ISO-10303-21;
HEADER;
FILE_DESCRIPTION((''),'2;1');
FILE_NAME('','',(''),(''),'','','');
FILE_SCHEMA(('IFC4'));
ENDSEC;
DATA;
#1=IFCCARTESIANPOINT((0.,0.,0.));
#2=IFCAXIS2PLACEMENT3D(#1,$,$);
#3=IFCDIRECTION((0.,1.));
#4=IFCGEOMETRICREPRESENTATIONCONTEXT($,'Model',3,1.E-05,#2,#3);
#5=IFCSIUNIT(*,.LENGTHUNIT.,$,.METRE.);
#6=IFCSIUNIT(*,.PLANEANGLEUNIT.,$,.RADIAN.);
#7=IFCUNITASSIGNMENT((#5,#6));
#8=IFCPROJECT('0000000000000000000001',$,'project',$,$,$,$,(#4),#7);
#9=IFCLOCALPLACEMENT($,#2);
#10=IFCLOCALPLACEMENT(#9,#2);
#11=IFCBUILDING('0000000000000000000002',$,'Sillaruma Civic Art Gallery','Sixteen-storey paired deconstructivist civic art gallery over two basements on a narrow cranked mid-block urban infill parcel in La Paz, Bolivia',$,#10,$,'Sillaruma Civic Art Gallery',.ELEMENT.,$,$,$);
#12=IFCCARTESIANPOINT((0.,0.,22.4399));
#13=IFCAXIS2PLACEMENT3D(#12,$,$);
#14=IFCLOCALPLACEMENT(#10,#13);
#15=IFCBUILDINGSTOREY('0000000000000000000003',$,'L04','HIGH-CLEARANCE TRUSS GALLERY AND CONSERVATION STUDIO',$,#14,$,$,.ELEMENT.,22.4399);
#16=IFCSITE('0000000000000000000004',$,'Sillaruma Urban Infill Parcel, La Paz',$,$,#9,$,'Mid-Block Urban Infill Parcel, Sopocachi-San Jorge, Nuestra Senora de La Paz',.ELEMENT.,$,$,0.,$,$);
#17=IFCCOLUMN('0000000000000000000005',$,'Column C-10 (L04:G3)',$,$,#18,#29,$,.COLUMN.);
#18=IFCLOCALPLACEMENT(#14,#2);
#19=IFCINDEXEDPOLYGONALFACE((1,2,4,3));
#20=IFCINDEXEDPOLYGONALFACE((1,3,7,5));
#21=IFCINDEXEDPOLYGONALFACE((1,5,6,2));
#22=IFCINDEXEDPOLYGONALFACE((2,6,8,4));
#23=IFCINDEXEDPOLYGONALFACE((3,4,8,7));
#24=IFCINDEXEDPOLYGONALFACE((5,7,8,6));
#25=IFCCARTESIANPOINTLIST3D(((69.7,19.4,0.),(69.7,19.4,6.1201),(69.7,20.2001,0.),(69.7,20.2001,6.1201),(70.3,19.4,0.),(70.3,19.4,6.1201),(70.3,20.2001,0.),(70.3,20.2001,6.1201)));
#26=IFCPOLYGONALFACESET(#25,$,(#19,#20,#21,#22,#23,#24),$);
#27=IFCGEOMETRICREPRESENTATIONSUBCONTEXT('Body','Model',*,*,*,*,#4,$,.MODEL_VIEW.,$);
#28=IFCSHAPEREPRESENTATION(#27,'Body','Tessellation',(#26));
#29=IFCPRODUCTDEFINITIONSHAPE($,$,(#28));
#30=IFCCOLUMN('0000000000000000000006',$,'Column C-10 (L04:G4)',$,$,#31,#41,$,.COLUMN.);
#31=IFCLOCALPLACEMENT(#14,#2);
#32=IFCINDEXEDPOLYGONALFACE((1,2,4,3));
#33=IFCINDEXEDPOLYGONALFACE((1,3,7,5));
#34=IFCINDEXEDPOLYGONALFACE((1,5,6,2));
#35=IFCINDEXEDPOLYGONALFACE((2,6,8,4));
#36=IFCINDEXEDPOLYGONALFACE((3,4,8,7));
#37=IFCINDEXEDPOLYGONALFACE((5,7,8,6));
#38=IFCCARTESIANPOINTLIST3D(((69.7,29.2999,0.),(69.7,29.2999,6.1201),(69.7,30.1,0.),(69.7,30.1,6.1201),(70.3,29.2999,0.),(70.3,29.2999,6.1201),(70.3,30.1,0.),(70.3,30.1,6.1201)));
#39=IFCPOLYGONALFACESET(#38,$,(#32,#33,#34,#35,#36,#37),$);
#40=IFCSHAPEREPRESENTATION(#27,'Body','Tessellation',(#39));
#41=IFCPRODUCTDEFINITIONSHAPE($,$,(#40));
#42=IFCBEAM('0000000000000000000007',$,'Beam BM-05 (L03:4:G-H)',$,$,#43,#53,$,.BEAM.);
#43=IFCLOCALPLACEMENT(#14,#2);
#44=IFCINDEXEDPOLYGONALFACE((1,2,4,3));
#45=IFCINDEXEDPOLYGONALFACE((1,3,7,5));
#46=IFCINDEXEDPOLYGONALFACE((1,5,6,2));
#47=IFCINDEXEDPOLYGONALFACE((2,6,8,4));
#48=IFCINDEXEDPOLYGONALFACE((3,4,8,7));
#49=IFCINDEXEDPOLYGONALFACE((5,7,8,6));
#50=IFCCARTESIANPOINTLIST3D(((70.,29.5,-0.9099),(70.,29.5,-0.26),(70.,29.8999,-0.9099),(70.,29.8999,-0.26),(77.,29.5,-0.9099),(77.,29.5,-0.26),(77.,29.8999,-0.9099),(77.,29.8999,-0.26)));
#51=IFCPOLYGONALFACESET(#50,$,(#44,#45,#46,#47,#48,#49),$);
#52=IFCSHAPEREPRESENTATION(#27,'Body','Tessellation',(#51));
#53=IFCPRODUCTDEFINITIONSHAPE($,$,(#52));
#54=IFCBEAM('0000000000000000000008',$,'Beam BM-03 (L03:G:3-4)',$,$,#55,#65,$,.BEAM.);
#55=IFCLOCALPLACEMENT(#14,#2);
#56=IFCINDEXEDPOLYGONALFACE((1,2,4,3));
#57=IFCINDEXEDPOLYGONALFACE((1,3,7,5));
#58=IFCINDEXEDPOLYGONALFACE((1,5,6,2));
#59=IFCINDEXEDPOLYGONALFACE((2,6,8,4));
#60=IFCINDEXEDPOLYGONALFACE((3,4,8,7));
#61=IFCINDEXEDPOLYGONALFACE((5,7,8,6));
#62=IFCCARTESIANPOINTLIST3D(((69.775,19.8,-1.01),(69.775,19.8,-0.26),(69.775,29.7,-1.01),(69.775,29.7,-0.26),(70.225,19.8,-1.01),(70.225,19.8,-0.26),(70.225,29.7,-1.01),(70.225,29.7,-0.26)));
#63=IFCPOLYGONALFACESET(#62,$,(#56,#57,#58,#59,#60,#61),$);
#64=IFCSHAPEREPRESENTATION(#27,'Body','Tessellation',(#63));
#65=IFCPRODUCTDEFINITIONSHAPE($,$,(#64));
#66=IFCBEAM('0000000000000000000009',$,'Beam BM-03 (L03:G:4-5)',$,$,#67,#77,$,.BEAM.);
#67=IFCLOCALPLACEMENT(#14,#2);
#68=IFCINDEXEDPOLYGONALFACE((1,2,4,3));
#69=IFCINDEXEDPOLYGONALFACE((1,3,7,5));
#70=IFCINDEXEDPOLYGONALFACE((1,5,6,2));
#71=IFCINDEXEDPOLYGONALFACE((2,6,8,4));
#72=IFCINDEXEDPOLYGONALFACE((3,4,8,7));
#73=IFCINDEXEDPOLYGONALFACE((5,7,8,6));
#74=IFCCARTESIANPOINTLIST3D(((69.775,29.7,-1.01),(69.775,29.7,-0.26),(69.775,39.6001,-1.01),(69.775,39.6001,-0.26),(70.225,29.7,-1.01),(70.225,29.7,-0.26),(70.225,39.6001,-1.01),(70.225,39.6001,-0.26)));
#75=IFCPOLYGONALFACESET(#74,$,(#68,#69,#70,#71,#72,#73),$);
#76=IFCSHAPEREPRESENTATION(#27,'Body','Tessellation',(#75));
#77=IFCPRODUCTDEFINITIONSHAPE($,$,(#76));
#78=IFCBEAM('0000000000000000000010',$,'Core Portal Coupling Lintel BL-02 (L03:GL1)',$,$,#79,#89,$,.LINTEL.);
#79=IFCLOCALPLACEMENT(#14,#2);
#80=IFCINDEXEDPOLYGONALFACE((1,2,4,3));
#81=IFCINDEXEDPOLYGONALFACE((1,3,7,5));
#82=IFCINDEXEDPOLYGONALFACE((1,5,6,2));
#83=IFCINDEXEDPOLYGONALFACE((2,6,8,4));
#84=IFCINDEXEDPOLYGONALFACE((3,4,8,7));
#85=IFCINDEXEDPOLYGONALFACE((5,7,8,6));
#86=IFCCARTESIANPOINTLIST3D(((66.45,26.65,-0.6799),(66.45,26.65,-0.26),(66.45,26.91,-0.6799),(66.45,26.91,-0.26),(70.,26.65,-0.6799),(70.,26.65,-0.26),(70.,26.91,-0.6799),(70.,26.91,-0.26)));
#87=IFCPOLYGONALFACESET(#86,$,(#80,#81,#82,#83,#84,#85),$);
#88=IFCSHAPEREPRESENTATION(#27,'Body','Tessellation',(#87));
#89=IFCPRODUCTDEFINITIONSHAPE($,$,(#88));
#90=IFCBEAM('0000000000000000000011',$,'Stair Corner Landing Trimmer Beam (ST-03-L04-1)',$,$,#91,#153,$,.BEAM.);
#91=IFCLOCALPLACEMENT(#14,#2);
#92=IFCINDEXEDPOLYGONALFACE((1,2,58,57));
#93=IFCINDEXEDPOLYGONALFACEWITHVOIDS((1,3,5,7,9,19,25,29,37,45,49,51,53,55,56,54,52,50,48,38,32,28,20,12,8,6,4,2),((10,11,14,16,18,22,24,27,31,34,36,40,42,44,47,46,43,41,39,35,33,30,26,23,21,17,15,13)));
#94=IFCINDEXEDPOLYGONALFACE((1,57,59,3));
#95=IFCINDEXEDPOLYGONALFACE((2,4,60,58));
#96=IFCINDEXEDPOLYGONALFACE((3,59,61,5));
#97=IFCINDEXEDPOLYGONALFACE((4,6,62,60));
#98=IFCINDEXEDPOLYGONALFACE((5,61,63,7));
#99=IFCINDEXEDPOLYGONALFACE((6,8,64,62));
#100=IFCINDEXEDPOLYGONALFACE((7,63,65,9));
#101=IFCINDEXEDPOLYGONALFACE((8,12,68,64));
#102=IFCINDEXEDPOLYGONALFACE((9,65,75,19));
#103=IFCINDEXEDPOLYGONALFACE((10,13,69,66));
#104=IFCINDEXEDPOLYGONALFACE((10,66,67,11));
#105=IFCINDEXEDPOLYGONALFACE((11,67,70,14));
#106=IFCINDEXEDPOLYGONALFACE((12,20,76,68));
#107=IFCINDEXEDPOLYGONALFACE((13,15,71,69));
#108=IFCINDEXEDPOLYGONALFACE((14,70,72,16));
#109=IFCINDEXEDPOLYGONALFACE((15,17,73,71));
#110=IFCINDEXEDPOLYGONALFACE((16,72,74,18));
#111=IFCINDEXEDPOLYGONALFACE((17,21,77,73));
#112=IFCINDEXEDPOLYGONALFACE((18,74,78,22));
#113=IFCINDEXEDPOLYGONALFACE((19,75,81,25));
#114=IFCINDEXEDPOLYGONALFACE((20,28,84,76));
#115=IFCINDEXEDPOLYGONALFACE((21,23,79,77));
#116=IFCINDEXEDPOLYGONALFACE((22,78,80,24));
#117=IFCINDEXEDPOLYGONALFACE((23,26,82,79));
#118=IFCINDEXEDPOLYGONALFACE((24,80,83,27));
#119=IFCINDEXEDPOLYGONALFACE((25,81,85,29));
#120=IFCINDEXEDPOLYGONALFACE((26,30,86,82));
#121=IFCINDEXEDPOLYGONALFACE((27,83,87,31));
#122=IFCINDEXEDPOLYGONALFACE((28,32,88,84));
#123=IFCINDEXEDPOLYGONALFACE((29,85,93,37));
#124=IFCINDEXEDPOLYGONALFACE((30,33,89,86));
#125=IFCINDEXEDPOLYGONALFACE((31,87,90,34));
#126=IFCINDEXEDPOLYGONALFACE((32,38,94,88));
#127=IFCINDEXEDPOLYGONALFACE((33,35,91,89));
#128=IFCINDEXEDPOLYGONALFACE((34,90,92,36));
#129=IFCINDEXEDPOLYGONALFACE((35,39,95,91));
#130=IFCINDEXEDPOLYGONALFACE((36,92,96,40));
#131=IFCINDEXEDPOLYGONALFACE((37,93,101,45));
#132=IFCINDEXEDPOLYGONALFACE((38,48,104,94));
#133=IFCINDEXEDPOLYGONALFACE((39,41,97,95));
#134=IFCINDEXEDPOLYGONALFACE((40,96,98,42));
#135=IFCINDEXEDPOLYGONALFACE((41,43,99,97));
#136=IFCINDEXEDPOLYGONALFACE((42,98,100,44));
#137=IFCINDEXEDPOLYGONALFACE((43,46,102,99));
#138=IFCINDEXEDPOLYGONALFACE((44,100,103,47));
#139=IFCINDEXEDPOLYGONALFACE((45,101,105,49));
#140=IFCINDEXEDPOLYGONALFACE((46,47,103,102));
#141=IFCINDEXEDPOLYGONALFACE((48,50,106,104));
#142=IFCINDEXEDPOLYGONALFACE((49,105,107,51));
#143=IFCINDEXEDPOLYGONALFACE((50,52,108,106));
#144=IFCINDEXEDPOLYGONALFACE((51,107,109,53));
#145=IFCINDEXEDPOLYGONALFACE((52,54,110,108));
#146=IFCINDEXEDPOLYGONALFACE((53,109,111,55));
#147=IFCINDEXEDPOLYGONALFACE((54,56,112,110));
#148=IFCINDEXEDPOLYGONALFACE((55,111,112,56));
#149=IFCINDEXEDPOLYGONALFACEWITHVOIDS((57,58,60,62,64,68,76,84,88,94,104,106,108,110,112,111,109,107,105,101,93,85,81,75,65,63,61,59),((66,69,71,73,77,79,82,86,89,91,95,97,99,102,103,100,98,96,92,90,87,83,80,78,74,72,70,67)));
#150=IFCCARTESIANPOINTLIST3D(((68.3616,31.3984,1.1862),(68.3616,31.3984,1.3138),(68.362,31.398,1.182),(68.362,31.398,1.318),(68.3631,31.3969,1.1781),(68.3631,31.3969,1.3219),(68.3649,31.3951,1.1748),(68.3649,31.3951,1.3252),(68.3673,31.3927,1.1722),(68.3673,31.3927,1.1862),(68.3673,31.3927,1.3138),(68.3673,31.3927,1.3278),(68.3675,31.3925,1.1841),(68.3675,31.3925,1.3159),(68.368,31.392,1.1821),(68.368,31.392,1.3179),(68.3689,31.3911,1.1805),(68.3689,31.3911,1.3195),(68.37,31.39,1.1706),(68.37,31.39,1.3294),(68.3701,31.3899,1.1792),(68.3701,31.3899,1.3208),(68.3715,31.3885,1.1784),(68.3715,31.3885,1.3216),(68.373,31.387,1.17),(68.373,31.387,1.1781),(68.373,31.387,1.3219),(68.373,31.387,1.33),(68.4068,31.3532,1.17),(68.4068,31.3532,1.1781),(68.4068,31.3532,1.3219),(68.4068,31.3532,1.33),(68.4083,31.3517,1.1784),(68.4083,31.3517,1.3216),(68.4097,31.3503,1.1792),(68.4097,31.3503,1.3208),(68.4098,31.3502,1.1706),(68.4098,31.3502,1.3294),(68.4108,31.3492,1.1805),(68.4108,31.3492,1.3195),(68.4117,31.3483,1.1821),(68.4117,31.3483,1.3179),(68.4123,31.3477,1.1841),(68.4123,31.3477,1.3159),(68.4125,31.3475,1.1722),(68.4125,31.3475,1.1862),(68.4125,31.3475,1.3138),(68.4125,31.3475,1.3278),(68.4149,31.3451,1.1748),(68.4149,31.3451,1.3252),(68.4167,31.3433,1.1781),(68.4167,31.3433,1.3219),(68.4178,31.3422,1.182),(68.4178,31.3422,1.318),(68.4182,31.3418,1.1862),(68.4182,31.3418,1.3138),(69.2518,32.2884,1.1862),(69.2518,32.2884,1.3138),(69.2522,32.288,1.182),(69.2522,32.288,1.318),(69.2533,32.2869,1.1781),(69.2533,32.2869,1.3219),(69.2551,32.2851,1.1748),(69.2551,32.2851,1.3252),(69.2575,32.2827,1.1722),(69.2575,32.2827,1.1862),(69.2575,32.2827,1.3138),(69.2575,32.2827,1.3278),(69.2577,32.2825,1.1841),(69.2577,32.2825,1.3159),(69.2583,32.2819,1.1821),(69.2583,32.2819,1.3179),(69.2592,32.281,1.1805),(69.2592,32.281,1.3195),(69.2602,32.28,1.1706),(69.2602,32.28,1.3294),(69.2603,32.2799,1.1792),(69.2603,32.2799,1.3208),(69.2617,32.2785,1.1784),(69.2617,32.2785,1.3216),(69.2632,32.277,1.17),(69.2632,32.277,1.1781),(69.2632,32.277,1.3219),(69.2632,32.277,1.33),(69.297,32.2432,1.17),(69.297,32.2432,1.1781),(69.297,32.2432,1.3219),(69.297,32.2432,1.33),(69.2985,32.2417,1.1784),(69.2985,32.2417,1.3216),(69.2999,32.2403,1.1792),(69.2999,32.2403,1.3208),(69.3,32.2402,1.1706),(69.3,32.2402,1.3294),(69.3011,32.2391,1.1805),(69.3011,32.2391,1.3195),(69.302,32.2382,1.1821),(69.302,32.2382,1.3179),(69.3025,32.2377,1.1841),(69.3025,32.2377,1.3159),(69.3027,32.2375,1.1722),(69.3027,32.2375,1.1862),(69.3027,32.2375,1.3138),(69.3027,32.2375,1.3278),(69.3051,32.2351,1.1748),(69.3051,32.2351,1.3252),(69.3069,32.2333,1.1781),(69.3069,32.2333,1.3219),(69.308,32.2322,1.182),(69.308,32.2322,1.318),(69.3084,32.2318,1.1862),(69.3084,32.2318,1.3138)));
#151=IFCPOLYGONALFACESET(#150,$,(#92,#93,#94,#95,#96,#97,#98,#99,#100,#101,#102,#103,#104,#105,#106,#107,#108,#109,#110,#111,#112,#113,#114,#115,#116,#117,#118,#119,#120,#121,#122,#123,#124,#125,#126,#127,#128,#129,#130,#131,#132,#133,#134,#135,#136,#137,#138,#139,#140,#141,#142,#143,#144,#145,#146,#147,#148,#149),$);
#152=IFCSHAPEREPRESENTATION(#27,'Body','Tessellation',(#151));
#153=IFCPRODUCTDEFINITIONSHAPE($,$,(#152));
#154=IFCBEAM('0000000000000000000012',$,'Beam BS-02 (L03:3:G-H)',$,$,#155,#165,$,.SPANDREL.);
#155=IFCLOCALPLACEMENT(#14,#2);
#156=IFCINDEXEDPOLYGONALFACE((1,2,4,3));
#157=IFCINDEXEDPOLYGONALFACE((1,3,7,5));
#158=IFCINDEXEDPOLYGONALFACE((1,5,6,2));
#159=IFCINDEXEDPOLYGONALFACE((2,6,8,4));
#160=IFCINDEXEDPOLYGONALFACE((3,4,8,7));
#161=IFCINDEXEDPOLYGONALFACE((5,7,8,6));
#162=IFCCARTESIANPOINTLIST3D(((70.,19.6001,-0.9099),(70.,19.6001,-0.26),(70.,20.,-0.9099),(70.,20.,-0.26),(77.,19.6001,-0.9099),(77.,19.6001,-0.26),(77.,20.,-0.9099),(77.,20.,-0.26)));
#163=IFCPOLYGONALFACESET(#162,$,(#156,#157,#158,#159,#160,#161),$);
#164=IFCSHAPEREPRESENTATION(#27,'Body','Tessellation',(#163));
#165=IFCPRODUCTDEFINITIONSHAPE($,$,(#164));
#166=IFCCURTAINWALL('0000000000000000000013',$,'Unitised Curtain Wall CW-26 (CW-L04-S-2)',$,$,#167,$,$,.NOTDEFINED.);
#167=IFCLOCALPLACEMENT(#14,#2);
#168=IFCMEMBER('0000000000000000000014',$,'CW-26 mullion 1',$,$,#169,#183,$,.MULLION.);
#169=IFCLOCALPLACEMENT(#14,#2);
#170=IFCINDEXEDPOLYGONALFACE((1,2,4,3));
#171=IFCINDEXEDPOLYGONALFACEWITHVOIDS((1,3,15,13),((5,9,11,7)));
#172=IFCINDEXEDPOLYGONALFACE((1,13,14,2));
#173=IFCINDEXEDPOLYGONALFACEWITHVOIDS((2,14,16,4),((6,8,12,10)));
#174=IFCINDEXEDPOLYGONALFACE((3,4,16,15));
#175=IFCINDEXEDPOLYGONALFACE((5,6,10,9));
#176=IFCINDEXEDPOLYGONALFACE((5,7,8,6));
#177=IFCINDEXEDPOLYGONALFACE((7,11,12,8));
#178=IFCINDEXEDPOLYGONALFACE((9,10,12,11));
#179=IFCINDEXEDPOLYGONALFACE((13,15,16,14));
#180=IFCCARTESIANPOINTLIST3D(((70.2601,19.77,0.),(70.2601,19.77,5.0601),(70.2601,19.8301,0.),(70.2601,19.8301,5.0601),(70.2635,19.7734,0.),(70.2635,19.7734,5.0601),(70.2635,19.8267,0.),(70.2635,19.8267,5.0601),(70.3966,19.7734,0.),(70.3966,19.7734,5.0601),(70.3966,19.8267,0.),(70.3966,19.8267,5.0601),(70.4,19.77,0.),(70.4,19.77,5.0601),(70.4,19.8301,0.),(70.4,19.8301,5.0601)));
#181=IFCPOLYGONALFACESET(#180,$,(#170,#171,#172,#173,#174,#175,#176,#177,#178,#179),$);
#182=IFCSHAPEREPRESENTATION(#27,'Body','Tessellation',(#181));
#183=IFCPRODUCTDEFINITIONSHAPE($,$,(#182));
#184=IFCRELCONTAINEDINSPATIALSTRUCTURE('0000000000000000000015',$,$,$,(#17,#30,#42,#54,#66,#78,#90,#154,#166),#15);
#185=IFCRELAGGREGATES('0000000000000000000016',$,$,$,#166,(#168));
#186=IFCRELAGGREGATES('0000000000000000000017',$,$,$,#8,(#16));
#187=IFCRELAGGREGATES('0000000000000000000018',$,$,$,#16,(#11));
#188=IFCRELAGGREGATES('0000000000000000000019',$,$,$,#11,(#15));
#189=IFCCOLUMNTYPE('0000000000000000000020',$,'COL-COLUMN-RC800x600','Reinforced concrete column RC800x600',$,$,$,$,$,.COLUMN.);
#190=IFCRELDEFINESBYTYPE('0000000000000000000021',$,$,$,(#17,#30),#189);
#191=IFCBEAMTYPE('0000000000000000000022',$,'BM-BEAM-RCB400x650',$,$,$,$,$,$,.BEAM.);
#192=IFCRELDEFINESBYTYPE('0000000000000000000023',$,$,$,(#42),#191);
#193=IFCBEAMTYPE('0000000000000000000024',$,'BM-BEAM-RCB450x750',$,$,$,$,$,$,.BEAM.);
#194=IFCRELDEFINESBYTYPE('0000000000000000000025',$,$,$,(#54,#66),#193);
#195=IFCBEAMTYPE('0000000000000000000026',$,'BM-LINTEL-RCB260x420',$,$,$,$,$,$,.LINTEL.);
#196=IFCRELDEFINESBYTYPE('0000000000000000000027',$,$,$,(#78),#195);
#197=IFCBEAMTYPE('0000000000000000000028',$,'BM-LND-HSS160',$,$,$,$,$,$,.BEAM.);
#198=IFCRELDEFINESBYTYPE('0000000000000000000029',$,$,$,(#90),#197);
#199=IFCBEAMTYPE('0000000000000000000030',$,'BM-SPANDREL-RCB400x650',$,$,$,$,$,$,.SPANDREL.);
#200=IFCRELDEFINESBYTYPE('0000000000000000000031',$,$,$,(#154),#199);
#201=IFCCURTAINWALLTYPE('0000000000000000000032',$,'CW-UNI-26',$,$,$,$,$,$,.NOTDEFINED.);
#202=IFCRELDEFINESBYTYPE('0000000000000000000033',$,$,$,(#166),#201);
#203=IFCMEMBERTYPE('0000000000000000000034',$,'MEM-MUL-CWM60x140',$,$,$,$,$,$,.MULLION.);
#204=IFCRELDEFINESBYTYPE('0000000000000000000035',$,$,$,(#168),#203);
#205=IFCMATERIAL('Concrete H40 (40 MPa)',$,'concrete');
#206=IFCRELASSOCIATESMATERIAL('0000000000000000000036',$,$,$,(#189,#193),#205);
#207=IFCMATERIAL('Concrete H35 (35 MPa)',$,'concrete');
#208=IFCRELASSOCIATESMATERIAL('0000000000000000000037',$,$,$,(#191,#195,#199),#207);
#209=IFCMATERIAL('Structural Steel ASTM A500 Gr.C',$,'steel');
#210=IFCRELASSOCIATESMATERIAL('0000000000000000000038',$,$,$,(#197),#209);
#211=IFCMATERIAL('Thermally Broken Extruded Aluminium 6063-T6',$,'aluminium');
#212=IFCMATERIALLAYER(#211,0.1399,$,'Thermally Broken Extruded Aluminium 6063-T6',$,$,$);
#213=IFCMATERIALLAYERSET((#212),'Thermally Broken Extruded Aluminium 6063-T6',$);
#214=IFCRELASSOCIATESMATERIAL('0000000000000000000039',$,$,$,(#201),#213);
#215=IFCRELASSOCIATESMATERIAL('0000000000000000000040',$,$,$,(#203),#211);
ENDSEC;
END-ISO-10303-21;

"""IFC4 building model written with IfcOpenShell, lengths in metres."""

from ifc_helpers import new_model, si_unit, direction, frame, origin, origin_2d, place, context, subcontext, project, spatial, rectangle, hollow_rectangle, extrude, material, layer, layer_set, material_profile, profile_set, type_object, element, aggregate, save


model = new_model("IFC4")

# Units and contexts
model_context = context("Model", 3, precision=1e-05, world=origin(), true_north=direction((0.0, 1.0)))
body_context = subcontext(model_context, "Body", "Model", "MODEL_VIEW")
ifc_project = project(units=[si_unit("LENGTHUNIT", "METRE"), si_unit("PLANEANGLEUNIT", "RADIAN")], contexts=[model_context])

# Site, building, storey
site_placement = place(None, origin())
site = spatial("IfcSite", under=ifc_project, at=site_placement, Name="Sillaruma Urban Infill Parcel, La Paz", LongName="Mid-Block Urban Infill Parcel, Sopocachi-San Jorge, Nuestra Senora de La Paz", CompositionType="ELEMENT", RefElevation=0.0)
building_placement = place(site_placement, origin())
building = spatial("IfcBuilding", under=site, at=building_placement, Name="Sillaruma Civic Art Gallery", Description="Sixteen-storey paired deconstructivist civic art gallery over two basements on a narrow cranked mid-block urban infill parcel in La Paz, Bolivia", LongName="Sillaruma Civic Art Gallery", CompositionType="ELEMENT")
storey_placement = place(building_placement, frame((0.0, 0.0, 22.4399)))
storey = spatial("IfcBuildingStorey", under=building, at=storey_placement, Name="L04", Description="HIGH-CLEARANCE TRUSS GALLERY AND CONSERVATION STUDIO", CompositionType="ELEMENT", Elevation=22.4399)

# Columns
ifc_material_1 = material(Name="Concrete H40 (40 MPa)", Category="concrete")
ifc_material_profile_1 = material_profile(ifc_material_1, rectangle(XDim=0.6001, YDim=0.8, at=origin_2d()), Name="RC800x600")
ifc_profile_set_1 = profile_set([ifc_material_profile_1], Name="Concrete H40 (40 MPa)")
column_type = type_object("IfcColumnType", Name="COL-COLUMN-RC800x600", Description="Reinforced concrete column RC800x600", PredefinedType="COLUMN", material=ifc_profile_set_1)
for number, where, z_axis, x_axis, name in (
    (1, (70.0, 19.8, 0.0), (0.0, 0.0, 1.0), (1.0, 0.0, 0.0), "Column C-10 (L04:G3)"),
    (2, (70.0, 29.7, 0.0), (0.0, 0.0, 1.0), (1.0, 0.0, 0.0), "Column C-10 (L04:G4)"),
):
    element("IfcColumn", number, at=place(storey_placement, frame(where, z_axis=z_axis, x_axis=x_axis)), inside=storey, type_object=column_type, Name=name, PredefinedType="COLUMN", context=body_context, shape_type="SweptSolid", body=[
        extrude(rectangle(XDim=0.6001, YDim=0.8, at=origin_2d()), origin(), (0.0, 0.0, 1.0), 6.1201),
    ])

# Beams
ifc_material_2 = material(Name="Concrete H35 (35 MPa)", Category="concrete")
ifc_material_profile_2 = material_profile(ifc_material_2, rectangle(XDim=0.3999, YDim=0.6499, at=origin_2d()), Name="RCB400x650")
ifc_profile_set_2 = profile_set([ifc_material_profile_2], Name="Concrete H35 (35 MPa)")
beam_type_1 = type_object("IfcBeamType", Name="BM-BEAM-RCB400x650", PredefinedType="BEAM", material=ifc_profile_set_2)
beam_1_placement = place(storey_placement, frame((70.0, 29.7, -0.585), z_axis=(1.0, 0.0, 0.0), x_axis=(0.0, 1.0, 0.0)))
element("IfcBeam", 3, at=beam_1_placement, inside=storey, type_object=beam_type_1, Name="Beam BM-05 (L03:4:G-H)", PredefinedType="BEAM", context=body_context, shape_type="SweptSolid", body=[
    extrude(rectangle(XDim=0.3999, YDim=0.6499, at=origin_2d()), origin(), (0.0, 0.0, 1.0), 7.0),
])
ifc_material_profile_3 = material_profile(ifc_material_1, rectangle(XDim=0.45, YDim=0.75, at=origin_2d()), Name="RCB450x750")
ifc_profile_set_3 = profile_set([ifc_material_profile_3], Name="Concrete H40 (40 MPa)")
beam_type_2 = type_object("IfcBeamType", Name="BM-BEAM-RCB450x750", PredefinedType="BEAM", material=ifc_profile_set_3)
beam_2_placement = place(storey_placement, frame((70.0, 19.8, -0.635), z_axis=(0.0, 1.0, 0.0), x_axis=(-1.0, 0.0, 0.0)))
element("IfcBeam", 4, at=beam_2_placement, inside=storey, type_object=beam_type_2, Name="Beam BM-03 (L03:G:3-4)", PredefinedType="BEAM", context=body_context, shape_type="SweptSolid", body=[
    extrude(rectangle(XDim=0.45, YDim=0.75, at=origin_2d()), origin(), (0.0, 0.0, 1.0), 9.8999),
])
beam_3_placement = place(storey_placement, frame((70.0, 29.7, -0.635), z_axis=(0.0, 1.0, 0.0), x_axis=(-1.0, 0.0, 0.0)))
element("IfcBeam", 5, at=beam_3_placement, inside=storey, type_object=beam_type_2, Name="Beam BM-03 (L03:G:4-5)", PredefinedType="BEAM", context=body_context, shape_type="SweptSolid", body=[
    extrude(rectangle(XDim=0.45, YDim=0.75, at=origin_2d()), origin(), (0.0, 0.0, 1.0), 9.9001),
])
ifc_material_profile_4 = material_profile(ifc_material_2, rectangle(XDim=0.26, YDim=0.4199, at=origin_2d()), Name="RCB260x420")
ifc_profile_set_4 = profile_set([ifc_material_profile_4], Name="Concrete H35 (35 MPa)")
beam_type_3 = type_object("IfcBeamType", Name="BM-LINTEL-RCB260x420", PredefinedType="LINTEL", material=ifc_profile_set_4)
beam_4_placement = place(storey_placement, frame((66.45, 26.78, -0.47), z_axis=(1.0, 0.0, 0.0), x_axis=(0.0, 1.0, 0.0)))
element("IfcBeam", 6, at=beam_4_placement, inside=storey, type_object=beam_type_3, Name="Core Portal Coupling Lintel BL-02 (L03:GL1)", PredefinedType="LINTEL", context=body_context, shape_type="SweptSolid", body=[
    extrude(rectangle(XDim=0.26, YDim=0.4199, at=origin_2d()), origin(), (0.0, 0.0, 1.0), 3.55),
])
ifc_material_3 = material(Name="Structural Steel ASTM A500 Gr.C", Category="steel")
ifc_material_profile_5 = material_profile(ifc_material_3, hollow_rectangle(XDim=0.0801, YDim=0.1599, WallThickness=0.0081, InnerFilletRadius=0.0081, OuterFilletRadius=0.0161, at=origin_2d()), Name="HSS160x80x8")
ifc_profile_set_5 = profile_set([ifc_material_profile_5], Name="Structural Steel ASTM A500 Gr.C")
beam_type_4 = type_object("IfcBeamType", Name="BM-LND-HSS160", PredefinedType="BEAM", material=ifc_profile_set_5)
beam_5_placement = place(storey_placement, frame((68.3899, 31.3701, 1.25), z_axis=(0.707204, 0.70701, 0.0), x_axis=(-0.70701, 0.707204, 0.0)))
element("IfcBeam", 7, at=beam_5_placement, inside=storey, type_object=beam_type_4, Name="Stair Corner Landing Trimmer Beam (ST-03-L04-1)", PredefinedType="BEAM", context=body_context, shape_type="SweptSolid", body=[
    extrude(hollow_rectangle(XDim=0.0801, YDim=0.1599, WallThickness=0.0081, InnerFilletRadius=0.0081, OuterFilletRadius=0.0161, at=origin_2d()), origin(), (0.0, 0.0, 1.0), 1.2588),
])
ifc_material_profile_6 = material_profile(ifc_material_2, rectangle(XDim=0.3999, YDim=0.6499, at=origin_2d()), Name="RCB400x650")
ifc_profile_set_6 = profile_set([ifc_material_profile_6], Name="Concrete H35 (35 MPa)")
beam_type_5 = type_object("IfcBeamType", Name="BM-SPANDREL-RCB400x650", PredefinedType="SPANDREL", material=ifc_profile_set_6)
beam_6_placement = place(storey_placement, frame((70.0, 19.8, -0.585), z_axis=(1.0, 0.0, 0.0), x_axis=(0.0, 1.0, 0.0)))
element("IfcBeam", 8, at=beam_6_placement, inside=storey, type_object=beam_type_5, Name="Beam BS-02 (L03:3:G-H)", PredefinedType="SPANDREL", context=body_context, shape_type="SweptSolid", body=[
    extrude(rectangle(XDim=0.3999, YDim=0.6499, at=origin_2d()), origin(), (0.0, 0.0, 1.0), 7.0),
])

# Curtain wall, member
ifc_material_4 = material(Name="Thermally Broken Extruded Aluminium 6063-T6", Category="aluminium")
ifc_layer_1 = layer(ifc_material_4, 0.1399, Name="Thermally Broken Extruded Aluminium 6063-T6")
ifc_layer_set_1 = layer_set([ifc_layer_1], Name="Thermally Broken Extruded Aluminium 6063-T6")
curtain_wall_type = type_object("IfcCurtainWallType", Name="CW-UNI-26", PredefinedType="NOTDEFINED", material=ifc_layer_set_1)
curtain_wall_placement = place(storey_placement, origin())
curtain_wall = element("IfcCurtainWall", 9, at=curtain_wall_placement, inside=storey, type_object=curtain_wall_type, Name="Unitised Curtain Wall CW-26 (CW-L04-S-2)", PredefinedType="NOTDEFINED")
ifc_material_profile_7 = material_profile(ifc_material_4, hollow_rectangle(XDim=0.0601, YDim=0.1399, WallThickness=0.0034, at=origin_2d()), Name="CWM60x140")
ifc_profile_set_7 = profile_set([ifc_material_profile_7], Name="Thermally Broken Extruded Aluminium 6063-T6")
member_type_1 = type_object("IfcMemberType", Name="MEM-MUL-CWM60x140", PredefinedType="MULLION", material=ifc_profile_set_7)
member_1_placement = place(storey_placement, frame((70.3301, 19.8, 0.0), z_axis=(0.0, 0.0, 1.0), x_axis=(0.0, 1.0, 0.0)))
member_1 = element("IfcMember", 10, at=member_1_placement, type_object=member_type_1, Name="CW-26 mullion 1", PredefinedType="MULLION", context=body_context, shape_type="SweptSolid", body=[
    extrude(hollow_rectangle(XDim=0.0601, YDim=0.1399, WallThickness=0.0034, at=origin_2d()), origin(), (0.0, 0.0, 1.0), 5.0601),
])
aggregate(curtain_wall, [member_1])

save(model, "model.ifc")
